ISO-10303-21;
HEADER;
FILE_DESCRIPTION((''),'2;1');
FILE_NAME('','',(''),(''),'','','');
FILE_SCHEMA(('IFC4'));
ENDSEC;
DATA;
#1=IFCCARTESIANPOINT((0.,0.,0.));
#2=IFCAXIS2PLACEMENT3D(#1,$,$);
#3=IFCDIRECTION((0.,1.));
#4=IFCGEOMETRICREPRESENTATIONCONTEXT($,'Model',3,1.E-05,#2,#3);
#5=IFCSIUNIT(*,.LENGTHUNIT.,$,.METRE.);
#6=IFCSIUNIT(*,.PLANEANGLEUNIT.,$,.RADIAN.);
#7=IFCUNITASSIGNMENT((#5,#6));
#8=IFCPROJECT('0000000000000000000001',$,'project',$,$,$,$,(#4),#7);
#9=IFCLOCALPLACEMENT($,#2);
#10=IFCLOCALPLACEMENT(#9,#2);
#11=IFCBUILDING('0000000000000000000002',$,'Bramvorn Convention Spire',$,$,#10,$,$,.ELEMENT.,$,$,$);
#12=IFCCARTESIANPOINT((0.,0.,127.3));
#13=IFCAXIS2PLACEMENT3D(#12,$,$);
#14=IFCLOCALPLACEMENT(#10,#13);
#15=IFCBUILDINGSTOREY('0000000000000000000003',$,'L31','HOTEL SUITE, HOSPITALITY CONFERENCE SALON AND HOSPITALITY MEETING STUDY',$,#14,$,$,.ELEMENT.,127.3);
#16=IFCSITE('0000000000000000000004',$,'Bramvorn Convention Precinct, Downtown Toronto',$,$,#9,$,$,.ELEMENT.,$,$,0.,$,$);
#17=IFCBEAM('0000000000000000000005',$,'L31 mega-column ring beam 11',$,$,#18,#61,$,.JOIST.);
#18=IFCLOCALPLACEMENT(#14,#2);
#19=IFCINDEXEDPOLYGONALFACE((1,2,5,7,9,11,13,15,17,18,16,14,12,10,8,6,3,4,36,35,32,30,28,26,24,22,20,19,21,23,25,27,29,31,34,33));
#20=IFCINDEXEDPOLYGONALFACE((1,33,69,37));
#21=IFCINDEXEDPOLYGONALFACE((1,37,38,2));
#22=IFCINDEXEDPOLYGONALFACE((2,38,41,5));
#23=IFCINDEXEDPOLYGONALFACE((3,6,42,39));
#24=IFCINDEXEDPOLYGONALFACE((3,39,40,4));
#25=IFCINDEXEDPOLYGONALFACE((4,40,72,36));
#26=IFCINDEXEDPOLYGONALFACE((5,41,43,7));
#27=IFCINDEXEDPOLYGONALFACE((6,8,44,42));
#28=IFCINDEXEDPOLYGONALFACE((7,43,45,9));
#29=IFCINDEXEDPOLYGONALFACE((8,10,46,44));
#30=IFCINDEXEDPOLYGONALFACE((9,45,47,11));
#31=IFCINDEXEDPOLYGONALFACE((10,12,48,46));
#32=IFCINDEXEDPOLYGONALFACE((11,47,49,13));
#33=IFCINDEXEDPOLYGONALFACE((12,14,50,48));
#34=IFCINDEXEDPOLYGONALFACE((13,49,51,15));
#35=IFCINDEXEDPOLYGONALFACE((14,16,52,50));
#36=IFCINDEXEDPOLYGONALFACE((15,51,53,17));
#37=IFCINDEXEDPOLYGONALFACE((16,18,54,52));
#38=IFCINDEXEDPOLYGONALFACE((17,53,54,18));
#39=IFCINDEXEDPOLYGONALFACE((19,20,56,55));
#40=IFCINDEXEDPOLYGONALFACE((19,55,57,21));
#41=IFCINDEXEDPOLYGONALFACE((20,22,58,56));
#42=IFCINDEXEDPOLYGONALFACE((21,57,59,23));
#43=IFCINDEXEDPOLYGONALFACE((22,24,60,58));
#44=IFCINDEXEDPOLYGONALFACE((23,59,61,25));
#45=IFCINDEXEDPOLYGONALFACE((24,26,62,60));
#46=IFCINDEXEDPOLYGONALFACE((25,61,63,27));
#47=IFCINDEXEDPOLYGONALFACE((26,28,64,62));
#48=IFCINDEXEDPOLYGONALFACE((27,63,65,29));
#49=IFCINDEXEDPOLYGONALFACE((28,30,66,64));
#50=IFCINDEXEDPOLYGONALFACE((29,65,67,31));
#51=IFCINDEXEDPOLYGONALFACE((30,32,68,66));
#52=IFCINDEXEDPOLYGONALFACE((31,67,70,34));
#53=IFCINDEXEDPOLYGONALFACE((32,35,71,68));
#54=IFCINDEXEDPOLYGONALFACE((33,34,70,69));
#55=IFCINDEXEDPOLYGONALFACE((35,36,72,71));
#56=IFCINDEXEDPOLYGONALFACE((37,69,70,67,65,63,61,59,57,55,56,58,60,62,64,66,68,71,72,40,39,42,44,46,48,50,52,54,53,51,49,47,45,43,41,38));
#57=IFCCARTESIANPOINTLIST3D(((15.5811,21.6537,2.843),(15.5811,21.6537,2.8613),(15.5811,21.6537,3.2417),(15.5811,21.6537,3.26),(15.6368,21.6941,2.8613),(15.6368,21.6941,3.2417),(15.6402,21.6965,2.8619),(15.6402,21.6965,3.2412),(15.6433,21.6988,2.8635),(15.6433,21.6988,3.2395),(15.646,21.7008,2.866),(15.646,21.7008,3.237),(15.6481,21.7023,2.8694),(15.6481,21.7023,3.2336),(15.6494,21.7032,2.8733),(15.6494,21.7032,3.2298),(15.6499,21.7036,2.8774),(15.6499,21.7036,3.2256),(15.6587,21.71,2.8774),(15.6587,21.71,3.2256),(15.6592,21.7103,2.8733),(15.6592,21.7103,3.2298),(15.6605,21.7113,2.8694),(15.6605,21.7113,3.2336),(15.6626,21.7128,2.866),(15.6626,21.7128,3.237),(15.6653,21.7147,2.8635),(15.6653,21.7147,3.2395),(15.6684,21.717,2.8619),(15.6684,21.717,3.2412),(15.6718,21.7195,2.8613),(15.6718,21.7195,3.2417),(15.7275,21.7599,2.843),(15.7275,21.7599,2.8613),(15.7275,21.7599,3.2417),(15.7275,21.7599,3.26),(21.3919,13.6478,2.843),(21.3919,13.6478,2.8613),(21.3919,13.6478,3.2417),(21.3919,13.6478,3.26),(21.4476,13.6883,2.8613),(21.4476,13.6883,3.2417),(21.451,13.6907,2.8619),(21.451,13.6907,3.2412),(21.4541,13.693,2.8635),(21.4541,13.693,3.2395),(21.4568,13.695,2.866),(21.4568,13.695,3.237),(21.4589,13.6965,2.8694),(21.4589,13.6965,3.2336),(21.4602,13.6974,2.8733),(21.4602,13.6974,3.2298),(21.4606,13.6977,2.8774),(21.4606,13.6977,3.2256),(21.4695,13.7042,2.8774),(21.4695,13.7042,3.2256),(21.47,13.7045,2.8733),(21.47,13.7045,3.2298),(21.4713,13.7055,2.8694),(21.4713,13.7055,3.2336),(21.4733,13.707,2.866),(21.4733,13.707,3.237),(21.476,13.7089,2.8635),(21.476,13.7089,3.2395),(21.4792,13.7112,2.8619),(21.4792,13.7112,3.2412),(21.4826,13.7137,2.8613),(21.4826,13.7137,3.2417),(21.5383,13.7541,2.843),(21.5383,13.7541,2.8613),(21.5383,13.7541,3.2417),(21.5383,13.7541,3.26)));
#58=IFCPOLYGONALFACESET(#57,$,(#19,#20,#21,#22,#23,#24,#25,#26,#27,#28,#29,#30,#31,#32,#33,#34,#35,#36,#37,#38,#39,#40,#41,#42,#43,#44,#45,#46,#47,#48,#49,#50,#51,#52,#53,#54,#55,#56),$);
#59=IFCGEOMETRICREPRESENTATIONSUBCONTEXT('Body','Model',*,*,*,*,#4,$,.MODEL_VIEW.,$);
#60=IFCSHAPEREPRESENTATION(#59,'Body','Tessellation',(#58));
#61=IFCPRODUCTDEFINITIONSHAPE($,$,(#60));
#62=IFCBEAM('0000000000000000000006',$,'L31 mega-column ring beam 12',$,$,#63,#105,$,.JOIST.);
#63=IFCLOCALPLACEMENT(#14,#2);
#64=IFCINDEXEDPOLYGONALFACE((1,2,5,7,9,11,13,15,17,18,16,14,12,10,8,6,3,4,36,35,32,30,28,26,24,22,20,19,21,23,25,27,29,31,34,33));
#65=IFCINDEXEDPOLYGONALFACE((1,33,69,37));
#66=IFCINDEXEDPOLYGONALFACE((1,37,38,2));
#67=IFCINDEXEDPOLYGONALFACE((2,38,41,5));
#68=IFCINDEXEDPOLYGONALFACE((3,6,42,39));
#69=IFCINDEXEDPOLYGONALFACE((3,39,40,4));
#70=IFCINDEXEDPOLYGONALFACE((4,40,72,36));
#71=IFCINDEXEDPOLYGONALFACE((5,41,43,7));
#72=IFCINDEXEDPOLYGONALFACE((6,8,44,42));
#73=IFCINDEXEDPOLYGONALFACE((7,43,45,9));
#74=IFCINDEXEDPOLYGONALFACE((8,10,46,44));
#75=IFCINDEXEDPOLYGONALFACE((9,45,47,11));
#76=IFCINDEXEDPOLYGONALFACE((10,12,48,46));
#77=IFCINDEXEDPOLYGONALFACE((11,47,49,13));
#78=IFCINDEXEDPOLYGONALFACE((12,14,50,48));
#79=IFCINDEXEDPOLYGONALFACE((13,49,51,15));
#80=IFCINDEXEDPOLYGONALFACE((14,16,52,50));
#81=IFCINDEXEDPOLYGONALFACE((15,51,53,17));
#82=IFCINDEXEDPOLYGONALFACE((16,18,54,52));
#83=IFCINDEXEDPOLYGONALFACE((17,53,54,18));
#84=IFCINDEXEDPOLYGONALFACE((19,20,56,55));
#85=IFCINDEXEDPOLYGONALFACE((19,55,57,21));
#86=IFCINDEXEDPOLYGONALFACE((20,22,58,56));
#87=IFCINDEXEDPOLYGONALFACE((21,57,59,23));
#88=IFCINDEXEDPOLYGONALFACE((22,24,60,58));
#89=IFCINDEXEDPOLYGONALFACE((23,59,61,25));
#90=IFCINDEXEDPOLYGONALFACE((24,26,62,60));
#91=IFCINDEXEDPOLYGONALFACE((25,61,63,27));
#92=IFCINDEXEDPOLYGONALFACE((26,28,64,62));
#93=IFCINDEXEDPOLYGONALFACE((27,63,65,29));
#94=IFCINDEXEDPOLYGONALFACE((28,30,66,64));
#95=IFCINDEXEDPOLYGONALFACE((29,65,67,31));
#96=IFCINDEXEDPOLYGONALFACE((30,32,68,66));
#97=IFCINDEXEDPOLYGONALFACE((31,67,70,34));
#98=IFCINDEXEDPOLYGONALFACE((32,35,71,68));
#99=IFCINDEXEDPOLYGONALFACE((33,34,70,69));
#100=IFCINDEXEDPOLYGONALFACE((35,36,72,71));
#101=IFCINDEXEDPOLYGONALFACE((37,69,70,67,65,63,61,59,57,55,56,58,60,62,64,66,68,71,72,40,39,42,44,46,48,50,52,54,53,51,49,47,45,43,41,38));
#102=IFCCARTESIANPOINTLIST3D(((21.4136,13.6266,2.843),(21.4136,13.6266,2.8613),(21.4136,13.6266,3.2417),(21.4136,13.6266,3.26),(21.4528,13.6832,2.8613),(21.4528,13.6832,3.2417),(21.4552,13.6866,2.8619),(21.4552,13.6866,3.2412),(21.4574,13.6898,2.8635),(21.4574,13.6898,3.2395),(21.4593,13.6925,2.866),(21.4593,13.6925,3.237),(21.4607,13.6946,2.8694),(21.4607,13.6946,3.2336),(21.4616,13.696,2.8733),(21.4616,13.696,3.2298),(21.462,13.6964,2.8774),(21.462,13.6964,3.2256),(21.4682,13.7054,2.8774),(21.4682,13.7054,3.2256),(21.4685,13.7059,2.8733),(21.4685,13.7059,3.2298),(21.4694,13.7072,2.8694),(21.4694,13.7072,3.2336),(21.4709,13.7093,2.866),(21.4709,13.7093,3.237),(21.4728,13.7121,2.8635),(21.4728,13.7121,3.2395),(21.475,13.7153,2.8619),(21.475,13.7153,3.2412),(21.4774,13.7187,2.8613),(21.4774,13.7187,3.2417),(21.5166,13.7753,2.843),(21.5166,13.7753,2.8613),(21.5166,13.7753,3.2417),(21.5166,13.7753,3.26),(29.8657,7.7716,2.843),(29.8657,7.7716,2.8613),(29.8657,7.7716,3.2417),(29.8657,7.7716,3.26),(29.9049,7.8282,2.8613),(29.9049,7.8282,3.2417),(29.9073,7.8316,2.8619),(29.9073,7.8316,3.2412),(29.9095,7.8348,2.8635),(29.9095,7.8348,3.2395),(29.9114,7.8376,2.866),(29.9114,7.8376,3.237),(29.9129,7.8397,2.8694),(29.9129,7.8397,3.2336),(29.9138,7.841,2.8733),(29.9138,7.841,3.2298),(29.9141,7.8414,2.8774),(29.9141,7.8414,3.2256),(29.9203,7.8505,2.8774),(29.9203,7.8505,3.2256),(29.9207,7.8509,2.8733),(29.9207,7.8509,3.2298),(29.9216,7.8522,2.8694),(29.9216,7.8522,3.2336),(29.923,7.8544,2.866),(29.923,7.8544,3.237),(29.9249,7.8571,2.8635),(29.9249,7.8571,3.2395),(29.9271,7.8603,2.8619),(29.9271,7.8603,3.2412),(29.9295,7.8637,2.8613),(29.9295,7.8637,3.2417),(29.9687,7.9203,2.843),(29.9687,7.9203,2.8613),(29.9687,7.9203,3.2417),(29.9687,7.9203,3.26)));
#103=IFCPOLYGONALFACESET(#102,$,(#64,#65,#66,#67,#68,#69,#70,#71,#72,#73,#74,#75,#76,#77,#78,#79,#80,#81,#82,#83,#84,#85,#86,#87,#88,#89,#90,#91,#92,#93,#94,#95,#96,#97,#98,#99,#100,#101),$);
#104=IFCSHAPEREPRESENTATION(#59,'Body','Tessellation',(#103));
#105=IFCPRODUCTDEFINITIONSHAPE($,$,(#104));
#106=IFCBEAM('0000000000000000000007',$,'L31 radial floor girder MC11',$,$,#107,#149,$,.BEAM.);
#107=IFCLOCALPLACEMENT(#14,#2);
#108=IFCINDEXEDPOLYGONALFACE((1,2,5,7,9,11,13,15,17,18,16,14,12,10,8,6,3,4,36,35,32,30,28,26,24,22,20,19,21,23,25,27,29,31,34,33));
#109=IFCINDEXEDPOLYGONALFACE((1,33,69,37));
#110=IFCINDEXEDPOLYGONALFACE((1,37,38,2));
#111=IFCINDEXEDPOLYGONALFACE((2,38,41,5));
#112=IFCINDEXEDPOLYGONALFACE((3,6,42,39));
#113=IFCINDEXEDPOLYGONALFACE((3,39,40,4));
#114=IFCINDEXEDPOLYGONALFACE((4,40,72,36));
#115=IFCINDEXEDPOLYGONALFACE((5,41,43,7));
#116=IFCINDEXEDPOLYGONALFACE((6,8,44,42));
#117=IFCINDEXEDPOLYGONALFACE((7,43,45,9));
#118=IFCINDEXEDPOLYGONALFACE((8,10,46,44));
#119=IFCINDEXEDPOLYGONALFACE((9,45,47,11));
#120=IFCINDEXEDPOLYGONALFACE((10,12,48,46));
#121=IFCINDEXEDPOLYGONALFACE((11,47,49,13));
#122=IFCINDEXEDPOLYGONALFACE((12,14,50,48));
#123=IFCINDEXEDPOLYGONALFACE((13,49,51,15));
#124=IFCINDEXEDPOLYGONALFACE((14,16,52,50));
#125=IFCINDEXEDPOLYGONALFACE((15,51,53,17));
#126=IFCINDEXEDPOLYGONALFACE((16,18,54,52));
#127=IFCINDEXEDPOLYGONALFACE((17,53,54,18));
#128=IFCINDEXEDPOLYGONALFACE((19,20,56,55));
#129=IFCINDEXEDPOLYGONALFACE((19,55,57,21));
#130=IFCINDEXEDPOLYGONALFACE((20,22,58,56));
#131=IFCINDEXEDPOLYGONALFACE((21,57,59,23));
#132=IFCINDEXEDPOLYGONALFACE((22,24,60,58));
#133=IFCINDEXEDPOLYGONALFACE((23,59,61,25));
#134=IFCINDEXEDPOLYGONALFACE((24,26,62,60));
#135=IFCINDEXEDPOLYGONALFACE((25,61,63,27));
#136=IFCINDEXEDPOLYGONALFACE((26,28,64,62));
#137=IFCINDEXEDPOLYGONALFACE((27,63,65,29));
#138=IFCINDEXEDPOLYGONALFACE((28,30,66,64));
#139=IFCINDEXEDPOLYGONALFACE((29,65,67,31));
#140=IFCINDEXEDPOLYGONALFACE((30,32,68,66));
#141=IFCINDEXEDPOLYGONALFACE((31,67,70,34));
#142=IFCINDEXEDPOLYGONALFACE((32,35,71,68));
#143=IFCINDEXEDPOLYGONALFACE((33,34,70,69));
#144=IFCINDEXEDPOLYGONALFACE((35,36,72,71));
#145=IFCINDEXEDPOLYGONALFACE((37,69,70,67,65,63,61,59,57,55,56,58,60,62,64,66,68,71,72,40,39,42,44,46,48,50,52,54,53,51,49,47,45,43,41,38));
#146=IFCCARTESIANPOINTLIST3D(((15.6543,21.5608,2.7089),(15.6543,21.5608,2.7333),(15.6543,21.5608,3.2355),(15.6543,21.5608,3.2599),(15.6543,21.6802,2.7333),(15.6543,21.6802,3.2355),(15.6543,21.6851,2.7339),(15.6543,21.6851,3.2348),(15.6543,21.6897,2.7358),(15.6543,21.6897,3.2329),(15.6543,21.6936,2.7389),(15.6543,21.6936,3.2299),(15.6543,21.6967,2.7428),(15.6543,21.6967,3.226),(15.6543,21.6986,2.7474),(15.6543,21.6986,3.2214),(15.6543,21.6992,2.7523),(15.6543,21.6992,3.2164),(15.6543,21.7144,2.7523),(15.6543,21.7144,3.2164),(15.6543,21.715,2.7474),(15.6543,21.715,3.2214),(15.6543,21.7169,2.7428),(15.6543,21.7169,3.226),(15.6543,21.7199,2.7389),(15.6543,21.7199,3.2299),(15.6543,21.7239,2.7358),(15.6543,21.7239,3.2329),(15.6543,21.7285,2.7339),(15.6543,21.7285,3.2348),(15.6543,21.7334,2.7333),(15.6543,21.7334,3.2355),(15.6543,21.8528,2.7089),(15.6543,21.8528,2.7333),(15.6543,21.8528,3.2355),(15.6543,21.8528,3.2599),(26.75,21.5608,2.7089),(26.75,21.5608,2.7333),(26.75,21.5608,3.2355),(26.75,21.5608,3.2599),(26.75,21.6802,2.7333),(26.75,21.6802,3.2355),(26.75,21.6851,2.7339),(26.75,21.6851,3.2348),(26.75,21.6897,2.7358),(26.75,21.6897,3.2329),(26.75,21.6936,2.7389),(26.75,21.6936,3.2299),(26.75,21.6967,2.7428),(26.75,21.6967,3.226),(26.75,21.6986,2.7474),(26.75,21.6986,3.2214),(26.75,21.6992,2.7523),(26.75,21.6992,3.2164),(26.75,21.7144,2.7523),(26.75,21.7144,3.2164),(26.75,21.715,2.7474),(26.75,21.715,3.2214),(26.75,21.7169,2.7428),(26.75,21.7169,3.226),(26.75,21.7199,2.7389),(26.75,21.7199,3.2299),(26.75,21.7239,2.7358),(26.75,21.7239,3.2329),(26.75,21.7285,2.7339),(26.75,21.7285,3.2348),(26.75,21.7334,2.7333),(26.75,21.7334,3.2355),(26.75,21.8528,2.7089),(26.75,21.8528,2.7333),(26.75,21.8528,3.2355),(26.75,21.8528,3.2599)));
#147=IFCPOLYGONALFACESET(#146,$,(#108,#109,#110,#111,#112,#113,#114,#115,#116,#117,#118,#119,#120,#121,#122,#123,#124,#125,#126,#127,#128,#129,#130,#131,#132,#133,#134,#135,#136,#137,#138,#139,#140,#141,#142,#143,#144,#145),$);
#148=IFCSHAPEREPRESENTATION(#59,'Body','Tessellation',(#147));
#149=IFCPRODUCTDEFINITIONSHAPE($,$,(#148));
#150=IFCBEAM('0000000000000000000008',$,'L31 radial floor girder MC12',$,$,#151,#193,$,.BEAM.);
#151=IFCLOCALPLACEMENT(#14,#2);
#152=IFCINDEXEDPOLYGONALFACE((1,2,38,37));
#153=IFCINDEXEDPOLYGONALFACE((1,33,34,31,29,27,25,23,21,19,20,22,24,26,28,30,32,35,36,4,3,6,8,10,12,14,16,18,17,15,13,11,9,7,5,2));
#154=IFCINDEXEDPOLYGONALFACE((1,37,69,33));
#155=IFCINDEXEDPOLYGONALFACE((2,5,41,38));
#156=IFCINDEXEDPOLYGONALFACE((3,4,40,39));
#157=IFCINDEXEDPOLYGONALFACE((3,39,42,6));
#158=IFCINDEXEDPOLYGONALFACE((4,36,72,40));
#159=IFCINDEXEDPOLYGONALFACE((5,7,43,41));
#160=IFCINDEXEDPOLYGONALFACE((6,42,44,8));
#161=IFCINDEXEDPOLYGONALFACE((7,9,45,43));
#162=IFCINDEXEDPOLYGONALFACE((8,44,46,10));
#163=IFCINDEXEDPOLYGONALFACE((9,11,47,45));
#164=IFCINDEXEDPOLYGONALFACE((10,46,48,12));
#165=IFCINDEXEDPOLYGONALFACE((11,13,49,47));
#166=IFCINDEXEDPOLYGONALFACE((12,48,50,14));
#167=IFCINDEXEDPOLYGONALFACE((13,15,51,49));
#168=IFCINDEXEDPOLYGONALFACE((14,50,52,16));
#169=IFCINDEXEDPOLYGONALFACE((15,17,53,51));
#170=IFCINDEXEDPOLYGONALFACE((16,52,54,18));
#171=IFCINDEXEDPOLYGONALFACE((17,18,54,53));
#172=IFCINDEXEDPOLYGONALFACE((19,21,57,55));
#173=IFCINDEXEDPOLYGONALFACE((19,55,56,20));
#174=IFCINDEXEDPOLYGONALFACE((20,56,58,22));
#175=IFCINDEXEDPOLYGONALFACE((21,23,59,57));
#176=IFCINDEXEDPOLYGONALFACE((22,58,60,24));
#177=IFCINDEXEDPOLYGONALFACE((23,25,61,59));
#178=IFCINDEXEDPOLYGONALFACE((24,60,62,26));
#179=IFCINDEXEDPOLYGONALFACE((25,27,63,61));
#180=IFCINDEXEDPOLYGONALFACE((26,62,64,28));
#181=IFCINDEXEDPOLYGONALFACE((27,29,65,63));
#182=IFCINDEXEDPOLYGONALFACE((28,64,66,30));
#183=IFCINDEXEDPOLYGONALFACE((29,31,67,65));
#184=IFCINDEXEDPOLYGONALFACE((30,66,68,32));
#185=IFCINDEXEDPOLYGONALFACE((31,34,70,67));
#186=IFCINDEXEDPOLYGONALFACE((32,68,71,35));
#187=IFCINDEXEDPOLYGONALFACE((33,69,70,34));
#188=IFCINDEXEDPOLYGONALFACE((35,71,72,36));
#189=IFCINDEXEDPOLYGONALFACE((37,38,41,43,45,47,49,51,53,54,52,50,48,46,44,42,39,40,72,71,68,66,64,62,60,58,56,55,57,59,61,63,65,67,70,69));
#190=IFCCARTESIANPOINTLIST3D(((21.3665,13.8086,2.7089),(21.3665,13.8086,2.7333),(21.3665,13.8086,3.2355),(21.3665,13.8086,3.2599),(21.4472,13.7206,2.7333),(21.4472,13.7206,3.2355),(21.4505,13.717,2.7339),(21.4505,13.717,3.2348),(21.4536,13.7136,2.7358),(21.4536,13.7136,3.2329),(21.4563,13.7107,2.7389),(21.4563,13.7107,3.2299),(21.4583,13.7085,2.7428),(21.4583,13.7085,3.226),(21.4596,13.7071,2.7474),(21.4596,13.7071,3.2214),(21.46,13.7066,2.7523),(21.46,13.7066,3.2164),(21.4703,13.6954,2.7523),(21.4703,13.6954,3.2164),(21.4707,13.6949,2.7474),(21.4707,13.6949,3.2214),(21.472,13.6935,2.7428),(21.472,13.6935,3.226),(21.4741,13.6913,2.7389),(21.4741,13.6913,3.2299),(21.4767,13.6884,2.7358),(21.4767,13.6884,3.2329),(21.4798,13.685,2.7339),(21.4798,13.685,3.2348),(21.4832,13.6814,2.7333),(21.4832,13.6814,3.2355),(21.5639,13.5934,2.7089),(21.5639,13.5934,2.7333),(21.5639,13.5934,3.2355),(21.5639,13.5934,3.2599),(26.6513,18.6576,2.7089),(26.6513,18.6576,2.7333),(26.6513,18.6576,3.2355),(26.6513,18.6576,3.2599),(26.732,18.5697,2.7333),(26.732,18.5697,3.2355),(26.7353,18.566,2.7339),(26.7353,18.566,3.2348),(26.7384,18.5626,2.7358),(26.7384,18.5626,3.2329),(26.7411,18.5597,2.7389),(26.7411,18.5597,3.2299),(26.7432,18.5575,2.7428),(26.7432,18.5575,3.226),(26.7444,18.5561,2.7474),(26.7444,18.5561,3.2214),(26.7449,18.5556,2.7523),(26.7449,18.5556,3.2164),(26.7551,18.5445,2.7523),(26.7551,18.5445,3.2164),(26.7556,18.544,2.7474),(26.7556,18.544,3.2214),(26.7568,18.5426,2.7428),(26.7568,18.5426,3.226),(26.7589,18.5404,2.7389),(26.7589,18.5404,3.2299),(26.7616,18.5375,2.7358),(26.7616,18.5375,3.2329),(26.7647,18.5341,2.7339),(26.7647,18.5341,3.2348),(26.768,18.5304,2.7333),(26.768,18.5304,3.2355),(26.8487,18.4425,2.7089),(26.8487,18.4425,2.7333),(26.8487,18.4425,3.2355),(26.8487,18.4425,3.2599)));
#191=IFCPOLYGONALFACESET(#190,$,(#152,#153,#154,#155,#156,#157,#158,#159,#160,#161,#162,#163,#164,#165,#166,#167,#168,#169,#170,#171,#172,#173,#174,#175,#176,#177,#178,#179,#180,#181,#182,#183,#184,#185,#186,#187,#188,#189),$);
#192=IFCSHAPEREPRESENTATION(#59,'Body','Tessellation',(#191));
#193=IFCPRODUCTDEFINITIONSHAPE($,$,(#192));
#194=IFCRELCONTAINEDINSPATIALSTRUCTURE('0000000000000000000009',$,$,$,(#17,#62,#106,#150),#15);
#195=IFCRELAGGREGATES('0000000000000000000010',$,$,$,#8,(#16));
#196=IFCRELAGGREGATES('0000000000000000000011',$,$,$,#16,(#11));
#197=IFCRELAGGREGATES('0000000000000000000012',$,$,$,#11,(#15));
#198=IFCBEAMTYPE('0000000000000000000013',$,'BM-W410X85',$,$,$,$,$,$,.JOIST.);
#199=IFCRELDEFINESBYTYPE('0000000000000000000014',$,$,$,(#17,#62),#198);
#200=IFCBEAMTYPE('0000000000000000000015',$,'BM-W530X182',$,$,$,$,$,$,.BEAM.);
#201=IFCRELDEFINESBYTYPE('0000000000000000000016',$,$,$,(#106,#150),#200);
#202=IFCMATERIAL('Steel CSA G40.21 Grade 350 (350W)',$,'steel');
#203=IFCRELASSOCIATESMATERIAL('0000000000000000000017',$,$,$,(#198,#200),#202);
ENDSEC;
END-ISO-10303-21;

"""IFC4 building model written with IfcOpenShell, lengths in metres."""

from ifc_helpers import new_model, si_unit, direction, frame, origin, origin_2d, place, context, subcontext, project, spatial, i_section, extrude, material, material_profile, profile_set, type_object, element, save


model = new_model("IFC4")

# Units and contexts
model_context = context("Model", 3, precision=1e-05, world=origin(), true_north=direction((0.0, 1.0)))
body_context = subcontext(model_context, "Body", "Model", "MODEL_VIEW")
ifc_project = project(units=[si_unit("LENGTHUNIT", "METRE"), si_unit("PLANEANGLEUNIT", "RADIAN")], contexts=[model_context])

# Site, building, storey
site_placement = place(None, origin())
site = spatial("IfcSite", under=ifc_project, at=site_placement, Name="Bramvorn Convention Precinct, Downtown Toronto", CompositionType="ELEMENT", RefElevation=0.0)
building_placement = place(site_placement, origin())
building = spatial("IfcBuilding", under=site, at=building_placement, Name="Bramvorn Convention Spire", CompositionType="ELEMENT")
storey_placement = place(building_placement, frame((0.0, 0.0, 127.3)))
storey = spatial("IfcBuildingStorey", under=building, at=storey_placement, Name="L31", Description="HOTEL SUITE, HOSPITALITY CONFERENCE SALON AND HOSPITALITY MEETING STUDY", CompositionType="ELEMENT", Elevation=127.3)

# Shared definitions
ifc_material_1 = material(Name="Steel CSA G40.21 Grade 350 (350W)", Category="steel")

# Beams
ifc_material_profile_1 = material_profile(ifc_material_1, i_section(OverallWidth=0.1809, OverallDepth=0.417, WebThickness=0.011, FlangeThickness=0.0183, FilletRadius=0.0161, at=origin_2d()))
ifc_profile_set_1 = profile_set([ifc_material_profile_1], Name="Steel CSA G40.21 Grade 350 (350W) - W410X85")
beam_type_1 = type_object("IfcBeamType", Name="BM-W410X85", PredefinedType="JOIST", material=ifc_profile_set_1)
beam_1_placement = place(storey_placement, frame((15.6543, 21.7068, 3.0515), z_axis=(0.587401, -0.809296, 0.0), x_axis=(0.809296, 0.587401, 0.0)))
element("IfcBeam", 1, at=beam_1_placement, inside=storey, type_object=beam_type_1, Name="L31 mega-column ring beam 11", PredefinedType="JOIST", context=body_context, shape_type="SweptSolid", body=[
    extrude(i_section(OverallWidth=0.1809, OverallDepth=0.417, WebThickness=0.011, FlangeThickness=0.0183, FilletRadius=0.0161, at=origin_2d()), origin(), (0.0, 0.0, 1.0), 9.8923),
])
beam_2_placement = place(storey_placement, frame((21.4651, 13.7009, 3.0515), z_axis=(0.822033, -0.56944, 0.0), x_axis=(0.56944, 0.822033, 0.0)))
element("IfcBeam", 2, at=beam_2_placement, inside=storey, type_object=beam_type_1, Name="L31 mega-column ring beam 12", PredefinedType="JOIST", context=body_context, shape_type="SweptSolid", body=[
    extrude(i_section(OverallWidth=0.1809, OverallDepth=0.417, WebThickness=0.011, FlangeThickness=0.0183, FilletRadius=0.0161, at=origin_2d()), origin(), (0.0, 0.0, 1.0), 10.282),
])
ifc_material_profile_2 = material_profile(ifc_material_1, i_section(OverallWidth=0.292, OverallDepth=0.551, WebThickness=0.0151, FlangeThickness=0.0244, FilletRadius=0.019, at=origin_2d()))
ifc_profile_set_2 = profile_set([ifc_material_profile_2], Name="Steel CSA G40.21 Grade 350 (350W) - W530X182")
beam_type_2 = type_object("IfcBeamType", Name="BM-W530X182", PredefinedType="BEAM", material=ifc_profile_set_2)
beam_3_placement = place(storey_placement, frame((26.75, 21.7068, 2.9844), z_axis=(-1.0, 0.0, 0.0), x_axis=(0.0, -1.0, 0.0)))
element("IfcBeam", 3, at=beam_3_placement, inside=storey, type_object=beam_type_2, Name="L31 radial floor girder MC11", PredefinedType="BEAM", context=body_context, shape_type="SweptSolid", body=[
    extrude(i_section(OverallWidth=0.292, OverallDepth=0.551, WebThickness=0.0151, FlangeThickness=0.0244, FilletRadius=0.019, at=origin_2d()), origin(), (0.0, 0.0, 1.0), 11.0957),
])
beam_4_placement = place(storey_placement, frame((26.75, 18.55, 2.9844), z_axis=(-0.736833, -0.676074, 0.0), x_axis=(0.676074, -0.736833, 0.0)))
element("IfcBeam", 4, at=beam_4_placement, inside=storey, type_object=beam_type_2, Name="L31 radial floor girder MC12", PredefinedType="BEAM", context=body_context, shape_type="SweptSolid", body=[
    extrude(i_section(OverallWidth=0.292, OverallDepth=0.551, WebThickness=0.0151, FlangeThickness=0.0244, FilletRadius=0.019, at=origin_2d()), origin(), (0.0, 0.0, 1.0), 7.1724),
])

save(model, "model.ifc")
